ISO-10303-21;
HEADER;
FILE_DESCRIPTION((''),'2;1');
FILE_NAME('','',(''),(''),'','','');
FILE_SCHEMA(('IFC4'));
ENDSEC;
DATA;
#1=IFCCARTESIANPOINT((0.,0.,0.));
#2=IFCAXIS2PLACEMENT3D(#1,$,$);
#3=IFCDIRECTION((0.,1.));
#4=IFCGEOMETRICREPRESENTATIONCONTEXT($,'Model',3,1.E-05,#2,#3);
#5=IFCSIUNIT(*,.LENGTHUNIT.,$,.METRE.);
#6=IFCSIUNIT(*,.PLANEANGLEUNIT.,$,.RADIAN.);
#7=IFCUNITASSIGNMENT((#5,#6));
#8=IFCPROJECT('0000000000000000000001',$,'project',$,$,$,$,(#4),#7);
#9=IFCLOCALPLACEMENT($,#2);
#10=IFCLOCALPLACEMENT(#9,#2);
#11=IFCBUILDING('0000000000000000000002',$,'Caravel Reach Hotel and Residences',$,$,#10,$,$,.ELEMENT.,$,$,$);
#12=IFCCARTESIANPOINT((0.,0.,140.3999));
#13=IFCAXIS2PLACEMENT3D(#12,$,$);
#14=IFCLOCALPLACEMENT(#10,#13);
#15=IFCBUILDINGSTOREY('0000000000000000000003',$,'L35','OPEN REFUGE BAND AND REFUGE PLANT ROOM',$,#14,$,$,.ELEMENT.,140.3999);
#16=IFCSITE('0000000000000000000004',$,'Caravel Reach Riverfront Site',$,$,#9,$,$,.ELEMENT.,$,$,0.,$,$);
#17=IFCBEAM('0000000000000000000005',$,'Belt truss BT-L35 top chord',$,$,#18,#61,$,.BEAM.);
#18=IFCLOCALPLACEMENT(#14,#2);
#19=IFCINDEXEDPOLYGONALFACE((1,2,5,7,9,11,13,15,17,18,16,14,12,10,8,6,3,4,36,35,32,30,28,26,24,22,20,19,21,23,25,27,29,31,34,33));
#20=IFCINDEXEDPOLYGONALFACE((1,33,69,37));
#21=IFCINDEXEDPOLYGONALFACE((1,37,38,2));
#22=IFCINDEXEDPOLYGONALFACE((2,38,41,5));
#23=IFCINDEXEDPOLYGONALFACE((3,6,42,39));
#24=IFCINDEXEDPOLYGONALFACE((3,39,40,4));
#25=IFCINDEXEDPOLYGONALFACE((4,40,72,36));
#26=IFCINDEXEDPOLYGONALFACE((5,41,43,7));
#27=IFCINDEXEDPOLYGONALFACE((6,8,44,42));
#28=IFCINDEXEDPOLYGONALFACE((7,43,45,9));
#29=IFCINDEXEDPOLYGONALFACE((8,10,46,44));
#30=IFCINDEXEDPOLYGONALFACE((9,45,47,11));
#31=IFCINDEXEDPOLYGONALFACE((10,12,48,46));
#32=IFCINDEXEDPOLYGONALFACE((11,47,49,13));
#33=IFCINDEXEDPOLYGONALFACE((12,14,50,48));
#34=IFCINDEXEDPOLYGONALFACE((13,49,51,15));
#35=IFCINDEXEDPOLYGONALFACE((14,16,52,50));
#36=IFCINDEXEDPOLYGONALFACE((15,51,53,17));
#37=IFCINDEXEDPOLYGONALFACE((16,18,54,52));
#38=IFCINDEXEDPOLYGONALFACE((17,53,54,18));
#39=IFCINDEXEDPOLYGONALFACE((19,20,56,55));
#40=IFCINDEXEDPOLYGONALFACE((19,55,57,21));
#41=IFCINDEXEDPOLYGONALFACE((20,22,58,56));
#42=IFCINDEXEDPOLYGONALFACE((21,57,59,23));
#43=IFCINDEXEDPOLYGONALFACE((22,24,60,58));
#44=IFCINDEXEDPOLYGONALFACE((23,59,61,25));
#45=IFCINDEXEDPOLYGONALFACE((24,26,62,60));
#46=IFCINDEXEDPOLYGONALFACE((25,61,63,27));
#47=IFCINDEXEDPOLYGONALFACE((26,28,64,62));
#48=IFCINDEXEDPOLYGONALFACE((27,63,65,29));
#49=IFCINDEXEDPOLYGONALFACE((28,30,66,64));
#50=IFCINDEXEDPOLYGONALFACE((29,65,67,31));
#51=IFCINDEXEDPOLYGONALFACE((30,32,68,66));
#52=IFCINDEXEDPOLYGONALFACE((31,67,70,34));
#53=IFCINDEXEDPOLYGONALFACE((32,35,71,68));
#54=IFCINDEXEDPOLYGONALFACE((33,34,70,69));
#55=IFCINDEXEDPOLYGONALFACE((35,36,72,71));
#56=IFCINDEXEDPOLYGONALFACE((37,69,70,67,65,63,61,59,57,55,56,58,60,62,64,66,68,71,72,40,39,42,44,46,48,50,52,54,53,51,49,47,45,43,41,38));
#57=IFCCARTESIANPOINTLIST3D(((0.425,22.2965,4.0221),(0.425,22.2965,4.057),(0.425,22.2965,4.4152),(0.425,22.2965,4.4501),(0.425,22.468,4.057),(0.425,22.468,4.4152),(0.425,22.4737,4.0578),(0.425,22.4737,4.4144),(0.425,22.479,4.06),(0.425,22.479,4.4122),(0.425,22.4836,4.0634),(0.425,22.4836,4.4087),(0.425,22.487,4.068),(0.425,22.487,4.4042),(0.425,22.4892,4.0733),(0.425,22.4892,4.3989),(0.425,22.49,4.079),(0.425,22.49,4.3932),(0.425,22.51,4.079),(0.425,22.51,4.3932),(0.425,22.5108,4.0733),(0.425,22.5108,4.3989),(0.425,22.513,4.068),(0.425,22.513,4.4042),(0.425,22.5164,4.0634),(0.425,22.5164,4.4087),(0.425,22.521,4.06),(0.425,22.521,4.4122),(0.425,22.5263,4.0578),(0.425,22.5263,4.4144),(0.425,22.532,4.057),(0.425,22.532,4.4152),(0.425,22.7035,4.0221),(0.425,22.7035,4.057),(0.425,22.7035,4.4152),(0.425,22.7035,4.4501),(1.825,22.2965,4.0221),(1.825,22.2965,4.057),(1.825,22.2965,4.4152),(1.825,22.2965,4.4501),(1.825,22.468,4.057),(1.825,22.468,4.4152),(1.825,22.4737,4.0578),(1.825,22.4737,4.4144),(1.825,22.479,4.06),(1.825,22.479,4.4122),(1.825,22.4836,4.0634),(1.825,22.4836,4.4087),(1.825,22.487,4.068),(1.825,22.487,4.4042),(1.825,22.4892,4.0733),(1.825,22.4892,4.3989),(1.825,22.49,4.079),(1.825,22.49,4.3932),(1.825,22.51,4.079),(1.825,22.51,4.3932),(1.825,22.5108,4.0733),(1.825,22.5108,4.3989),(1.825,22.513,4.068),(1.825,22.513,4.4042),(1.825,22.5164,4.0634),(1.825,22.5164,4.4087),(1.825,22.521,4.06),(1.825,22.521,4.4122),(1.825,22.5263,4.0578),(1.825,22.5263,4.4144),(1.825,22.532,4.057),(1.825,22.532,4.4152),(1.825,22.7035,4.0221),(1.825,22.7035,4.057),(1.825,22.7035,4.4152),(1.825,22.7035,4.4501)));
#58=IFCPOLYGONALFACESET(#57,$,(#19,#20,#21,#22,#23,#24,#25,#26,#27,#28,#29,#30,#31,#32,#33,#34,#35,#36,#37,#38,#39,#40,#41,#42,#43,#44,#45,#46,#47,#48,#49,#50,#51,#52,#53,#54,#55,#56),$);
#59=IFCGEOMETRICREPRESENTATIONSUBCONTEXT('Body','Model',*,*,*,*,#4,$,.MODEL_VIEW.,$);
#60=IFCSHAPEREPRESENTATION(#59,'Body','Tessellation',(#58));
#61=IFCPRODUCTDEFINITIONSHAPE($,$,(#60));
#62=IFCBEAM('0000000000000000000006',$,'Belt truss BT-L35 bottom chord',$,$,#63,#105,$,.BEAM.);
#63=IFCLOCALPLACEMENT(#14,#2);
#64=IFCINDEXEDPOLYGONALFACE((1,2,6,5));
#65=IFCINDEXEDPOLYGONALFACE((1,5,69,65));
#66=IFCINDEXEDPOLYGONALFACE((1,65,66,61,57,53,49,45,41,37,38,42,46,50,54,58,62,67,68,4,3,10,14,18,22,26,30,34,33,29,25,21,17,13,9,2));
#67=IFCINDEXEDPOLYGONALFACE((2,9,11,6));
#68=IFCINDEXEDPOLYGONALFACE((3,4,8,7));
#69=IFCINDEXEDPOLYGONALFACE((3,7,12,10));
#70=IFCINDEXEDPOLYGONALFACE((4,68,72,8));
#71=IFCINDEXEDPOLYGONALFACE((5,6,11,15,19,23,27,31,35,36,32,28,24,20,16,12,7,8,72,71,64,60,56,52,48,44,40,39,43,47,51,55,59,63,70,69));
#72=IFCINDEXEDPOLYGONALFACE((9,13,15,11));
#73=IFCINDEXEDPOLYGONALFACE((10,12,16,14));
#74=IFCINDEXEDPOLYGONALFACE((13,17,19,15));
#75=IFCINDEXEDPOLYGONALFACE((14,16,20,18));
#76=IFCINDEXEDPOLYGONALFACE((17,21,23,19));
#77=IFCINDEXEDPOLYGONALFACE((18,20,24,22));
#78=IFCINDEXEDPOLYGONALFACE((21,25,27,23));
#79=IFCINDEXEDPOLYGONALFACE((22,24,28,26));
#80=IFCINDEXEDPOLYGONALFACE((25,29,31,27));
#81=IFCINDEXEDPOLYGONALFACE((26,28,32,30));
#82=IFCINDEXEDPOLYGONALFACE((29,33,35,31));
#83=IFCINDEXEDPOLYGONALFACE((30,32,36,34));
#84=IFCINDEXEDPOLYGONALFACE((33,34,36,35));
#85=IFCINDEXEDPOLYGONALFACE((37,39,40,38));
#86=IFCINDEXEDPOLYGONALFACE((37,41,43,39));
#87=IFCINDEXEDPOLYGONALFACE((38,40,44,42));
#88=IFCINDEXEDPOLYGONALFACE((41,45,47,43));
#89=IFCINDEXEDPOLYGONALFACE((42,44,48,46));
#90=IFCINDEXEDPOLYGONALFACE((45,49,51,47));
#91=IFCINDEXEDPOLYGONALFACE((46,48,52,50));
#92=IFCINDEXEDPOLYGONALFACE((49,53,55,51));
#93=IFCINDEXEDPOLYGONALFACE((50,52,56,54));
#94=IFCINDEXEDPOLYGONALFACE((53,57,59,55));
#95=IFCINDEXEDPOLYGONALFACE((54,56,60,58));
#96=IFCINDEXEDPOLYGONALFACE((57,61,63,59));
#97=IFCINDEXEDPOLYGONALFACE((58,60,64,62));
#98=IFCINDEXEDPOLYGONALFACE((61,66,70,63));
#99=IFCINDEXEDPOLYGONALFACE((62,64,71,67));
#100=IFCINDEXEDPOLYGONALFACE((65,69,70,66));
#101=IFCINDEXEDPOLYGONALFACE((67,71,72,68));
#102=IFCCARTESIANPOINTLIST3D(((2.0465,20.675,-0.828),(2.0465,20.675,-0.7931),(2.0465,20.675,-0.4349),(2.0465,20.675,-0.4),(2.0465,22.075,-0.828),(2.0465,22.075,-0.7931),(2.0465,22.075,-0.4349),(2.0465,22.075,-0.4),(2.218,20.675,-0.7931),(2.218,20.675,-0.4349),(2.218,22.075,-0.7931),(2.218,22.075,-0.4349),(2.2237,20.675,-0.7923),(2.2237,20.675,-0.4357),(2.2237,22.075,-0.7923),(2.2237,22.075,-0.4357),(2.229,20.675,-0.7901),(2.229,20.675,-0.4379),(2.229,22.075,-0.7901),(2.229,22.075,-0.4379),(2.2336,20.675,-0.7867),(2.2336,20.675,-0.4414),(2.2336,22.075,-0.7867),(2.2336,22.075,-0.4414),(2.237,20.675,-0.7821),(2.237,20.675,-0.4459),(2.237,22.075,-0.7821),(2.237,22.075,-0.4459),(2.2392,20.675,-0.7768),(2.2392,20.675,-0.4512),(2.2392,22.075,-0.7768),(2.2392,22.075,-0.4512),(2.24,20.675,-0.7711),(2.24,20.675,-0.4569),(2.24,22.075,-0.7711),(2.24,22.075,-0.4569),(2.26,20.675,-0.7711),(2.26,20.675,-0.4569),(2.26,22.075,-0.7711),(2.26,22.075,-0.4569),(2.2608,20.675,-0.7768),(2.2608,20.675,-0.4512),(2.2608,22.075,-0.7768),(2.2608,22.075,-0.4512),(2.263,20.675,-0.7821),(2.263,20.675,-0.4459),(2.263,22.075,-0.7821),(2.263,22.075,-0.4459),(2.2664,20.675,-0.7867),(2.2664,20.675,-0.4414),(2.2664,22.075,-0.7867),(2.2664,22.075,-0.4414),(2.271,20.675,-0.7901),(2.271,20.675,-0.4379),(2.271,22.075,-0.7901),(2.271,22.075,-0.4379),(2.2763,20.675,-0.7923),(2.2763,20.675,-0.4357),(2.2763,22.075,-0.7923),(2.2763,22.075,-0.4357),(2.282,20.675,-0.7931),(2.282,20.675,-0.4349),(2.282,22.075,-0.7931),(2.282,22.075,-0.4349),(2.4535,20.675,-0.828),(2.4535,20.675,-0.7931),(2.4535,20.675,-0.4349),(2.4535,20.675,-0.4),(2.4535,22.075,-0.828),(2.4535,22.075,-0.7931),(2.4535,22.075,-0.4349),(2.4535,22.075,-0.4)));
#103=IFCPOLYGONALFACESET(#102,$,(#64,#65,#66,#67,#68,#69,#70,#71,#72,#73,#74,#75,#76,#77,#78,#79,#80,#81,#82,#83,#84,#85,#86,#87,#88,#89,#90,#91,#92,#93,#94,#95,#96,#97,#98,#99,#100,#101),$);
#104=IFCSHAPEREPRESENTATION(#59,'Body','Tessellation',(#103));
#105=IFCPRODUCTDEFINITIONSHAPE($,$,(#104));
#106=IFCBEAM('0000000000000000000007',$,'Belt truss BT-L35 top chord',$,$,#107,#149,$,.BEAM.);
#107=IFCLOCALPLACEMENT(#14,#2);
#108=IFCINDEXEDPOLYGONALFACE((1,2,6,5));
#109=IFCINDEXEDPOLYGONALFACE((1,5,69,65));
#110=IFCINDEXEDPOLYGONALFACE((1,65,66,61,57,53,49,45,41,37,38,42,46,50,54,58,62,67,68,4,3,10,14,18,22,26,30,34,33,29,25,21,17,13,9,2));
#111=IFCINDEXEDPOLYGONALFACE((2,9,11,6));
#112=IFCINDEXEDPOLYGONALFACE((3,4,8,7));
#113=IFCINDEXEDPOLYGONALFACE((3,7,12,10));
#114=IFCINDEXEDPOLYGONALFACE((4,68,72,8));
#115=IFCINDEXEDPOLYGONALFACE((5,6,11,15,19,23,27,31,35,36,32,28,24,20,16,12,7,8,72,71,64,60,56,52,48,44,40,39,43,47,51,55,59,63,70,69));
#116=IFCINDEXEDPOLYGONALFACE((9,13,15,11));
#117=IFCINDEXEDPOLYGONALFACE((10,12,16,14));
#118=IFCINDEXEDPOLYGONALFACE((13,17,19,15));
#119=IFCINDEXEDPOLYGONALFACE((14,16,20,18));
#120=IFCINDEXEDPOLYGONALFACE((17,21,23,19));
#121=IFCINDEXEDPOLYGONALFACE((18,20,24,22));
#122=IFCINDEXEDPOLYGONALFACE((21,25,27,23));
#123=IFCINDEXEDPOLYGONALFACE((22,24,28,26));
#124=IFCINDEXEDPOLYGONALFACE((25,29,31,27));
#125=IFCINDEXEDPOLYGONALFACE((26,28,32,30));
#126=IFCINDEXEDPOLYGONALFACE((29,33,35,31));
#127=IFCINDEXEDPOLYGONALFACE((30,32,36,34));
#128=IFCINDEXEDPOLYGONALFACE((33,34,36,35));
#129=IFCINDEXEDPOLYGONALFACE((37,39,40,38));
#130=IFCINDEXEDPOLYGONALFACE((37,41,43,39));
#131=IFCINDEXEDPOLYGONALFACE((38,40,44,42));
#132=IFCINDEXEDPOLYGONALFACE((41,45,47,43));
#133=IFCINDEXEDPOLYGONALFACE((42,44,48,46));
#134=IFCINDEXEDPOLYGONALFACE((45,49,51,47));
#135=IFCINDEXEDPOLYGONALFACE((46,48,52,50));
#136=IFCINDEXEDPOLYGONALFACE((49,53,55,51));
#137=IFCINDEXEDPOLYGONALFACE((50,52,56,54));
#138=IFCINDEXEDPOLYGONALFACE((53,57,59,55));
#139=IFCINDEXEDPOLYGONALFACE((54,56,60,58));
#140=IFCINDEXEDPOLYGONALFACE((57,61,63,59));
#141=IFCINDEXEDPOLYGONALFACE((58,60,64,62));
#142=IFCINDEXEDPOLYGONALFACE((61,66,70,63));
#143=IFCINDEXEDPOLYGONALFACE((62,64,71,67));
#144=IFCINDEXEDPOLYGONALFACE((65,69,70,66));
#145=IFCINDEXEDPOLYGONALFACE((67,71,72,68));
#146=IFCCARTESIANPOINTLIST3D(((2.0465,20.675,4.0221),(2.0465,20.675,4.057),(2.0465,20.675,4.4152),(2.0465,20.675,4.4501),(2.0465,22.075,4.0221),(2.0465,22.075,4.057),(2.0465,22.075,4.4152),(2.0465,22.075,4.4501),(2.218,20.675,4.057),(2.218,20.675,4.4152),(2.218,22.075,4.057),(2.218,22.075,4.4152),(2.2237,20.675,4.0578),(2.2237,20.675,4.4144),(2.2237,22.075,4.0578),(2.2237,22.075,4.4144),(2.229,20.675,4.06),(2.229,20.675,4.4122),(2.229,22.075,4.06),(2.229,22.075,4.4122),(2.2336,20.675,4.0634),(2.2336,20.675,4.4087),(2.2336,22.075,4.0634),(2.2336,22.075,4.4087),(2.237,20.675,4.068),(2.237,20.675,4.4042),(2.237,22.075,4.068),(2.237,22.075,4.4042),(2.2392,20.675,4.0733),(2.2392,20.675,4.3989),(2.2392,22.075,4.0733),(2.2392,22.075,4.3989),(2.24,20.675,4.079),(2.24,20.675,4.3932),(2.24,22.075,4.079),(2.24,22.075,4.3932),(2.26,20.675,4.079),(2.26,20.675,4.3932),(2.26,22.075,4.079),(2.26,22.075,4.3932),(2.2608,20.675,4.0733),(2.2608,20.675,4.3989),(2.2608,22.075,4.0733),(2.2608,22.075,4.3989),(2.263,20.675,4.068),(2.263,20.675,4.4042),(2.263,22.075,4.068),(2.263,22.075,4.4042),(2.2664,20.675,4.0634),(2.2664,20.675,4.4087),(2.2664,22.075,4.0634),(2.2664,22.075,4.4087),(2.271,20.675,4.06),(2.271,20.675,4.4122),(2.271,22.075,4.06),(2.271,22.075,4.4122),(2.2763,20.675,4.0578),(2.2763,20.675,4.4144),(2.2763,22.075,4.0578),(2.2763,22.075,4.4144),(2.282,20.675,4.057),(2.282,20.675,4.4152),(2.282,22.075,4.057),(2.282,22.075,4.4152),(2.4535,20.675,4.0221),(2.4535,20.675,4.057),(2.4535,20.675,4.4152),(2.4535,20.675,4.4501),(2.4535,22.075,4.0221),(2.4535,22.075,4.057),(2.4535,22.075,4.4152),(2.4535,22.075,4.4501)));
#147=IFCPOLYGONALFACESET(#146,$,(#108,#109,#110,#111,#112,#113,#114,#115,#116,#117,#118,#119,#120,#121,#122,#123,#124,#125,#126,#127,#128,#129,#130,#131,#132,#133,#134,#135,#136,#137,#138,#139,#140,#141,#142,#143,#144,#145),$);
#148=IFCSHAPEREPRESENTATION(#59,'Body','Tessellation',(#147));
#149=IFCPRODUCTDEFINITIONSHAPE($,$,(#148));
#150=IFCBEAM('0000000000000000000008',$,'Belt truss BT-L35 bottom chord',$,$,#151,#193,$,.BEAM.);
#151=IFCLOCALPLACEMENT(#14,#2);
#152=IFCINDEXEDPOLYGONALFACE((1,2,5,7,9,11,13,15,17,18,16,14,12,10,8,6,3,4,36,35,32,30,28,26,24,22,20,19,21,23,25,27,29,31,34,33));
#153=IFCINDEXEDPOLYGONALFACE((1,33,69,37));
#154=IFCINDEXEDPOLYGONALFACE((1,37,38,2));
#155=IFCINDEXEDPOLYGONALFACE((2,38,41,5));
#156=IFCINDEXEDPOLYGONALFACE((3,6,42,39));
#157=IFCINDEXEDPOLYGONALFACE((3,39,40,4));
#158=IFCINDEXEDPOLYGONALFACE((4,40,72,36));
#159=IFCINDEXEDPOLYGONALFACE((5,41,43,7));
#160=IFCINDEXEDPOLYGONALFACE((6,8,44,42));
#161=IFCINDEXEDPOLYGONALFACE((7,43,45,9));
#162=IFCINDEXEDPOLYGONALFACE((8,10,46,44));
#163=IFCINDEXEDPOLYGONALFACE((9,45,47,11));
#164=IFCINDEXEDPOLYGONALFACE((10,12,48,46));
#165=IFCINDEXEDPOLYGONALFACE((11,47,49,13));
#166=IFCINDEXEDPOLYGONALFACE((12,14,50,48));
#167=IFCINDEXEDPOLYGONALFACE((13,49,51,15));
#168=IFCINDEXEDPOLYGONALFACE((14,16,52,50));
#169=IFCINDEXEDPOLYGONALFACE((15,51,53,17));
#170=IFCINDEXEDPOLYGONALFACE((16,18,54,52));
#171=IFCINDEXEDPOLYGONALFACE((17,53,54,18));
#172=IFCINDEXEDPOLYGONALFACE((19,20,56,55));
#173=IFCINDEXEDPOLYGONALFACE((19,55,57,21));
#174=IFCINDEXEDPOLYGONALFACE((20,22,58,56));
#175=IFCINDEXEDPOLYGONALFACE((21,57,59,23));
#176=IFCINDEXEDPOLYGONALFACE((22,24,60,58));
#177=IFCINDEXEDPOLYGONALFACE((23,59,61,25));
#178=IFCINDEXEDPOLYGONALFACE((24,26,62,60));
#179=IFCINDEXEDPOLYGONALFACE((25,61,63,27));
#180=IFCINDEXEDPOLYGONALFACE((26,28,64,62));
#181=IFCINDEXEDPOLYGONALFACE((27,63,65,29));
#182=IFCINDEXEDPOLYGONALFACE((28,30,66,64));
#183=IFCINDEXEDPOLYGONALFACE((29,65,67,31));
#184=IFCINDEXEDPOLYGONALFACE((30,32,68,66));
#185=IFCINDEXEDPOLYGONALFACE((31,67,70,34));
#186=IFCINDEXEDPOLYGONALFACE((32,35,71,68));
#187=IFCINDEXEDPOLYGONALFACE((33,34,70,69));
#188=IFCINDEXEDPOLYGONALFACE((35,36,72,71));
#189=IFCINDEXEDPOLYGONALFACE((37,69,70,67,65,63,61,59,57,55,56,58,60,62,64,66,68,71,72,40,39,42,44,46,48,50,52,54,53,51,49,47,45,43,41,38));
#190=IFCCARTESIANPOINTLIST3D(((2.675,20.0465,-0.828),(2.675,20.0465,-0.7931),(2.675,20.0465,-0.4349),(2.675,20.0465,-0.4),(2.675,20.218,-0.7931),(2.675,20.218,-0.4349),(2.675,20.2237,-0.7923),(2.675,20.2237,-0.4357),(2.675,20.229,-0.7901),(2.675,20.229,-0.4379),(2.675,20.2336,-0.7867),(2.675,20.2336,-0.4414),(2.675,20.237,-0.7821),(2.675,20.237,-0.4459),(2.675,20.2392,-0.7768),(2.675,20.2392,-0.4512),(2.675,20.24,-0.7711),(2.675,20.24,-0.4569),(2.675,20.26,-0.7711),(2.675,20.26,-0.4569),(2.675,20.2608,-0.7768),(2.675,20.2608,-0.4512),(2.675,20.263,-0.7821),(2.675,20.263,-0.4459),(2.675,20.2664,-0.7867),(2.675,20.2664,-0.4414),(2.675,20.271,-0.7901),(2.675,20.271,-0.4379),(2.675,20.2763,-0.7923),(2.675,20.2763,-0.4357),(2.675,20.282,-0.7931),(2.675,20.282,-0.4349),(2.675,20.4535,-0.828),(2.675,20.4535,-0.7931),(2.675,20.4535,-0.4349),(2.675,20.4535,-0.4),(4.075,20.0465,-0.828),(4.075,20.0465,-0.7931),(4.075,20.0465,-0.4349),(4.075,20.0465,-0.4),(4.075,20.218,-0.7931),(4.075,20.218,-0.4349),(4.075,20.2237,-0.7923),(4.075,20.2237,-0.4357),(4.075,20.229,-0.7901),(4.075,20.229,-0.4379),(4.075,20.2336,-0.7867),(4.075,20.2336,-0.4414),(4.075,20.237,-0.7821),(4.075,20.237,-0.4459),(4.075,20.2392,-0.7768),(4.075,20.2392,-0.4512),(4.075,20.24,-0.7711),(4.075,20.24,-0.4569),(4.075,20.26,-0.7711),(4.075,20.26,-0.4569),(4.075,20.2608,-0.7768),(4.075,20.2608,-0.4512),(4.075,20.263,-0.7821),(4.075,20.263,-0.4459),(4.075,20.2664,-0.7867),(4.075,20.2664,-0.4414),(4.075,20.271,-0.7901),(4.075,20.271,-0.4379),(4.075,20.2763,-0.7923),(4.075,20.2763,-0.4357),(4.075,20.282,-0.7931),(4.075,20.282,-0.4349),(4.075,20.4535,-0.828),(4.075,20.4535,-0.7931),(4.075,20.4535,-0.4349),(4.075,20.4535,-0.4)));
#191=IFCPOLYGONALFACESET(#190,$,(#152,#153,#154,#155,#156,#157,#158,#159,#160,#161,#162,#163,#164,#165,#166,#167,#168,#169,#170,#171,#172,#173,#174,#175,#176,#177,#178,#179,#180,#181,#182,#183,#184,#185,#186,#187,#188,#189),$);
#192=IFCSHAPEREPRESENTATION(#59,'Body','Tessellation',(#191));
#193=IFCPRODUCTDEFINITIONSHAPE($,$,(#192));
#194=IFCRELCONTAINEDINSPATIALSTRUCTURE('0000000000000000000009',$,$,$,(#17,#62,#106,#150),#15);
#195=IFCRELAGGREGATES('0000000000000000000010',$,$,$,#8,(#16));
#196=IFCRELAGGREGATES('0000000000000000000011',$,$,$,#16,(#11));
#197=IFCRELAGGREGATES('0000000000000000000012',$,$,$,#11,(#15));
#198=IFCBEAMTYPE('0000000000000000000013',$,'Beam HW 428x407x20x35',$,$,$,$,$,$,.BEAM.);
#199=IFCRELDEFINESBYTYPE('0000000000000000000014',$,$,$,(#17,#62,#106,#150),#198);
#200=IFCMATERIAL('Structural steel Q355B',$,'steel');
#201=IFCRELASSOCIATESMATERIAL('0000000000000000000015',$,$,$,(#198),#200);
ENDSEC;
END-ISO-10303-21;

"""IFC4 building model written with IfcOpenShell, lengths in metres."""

from ifc_helpers import new_model, si_unit, direction, frame, origin, origin_2d, place, context, subcontext, project, spatial, i_section, extrude, material, material_profile, profile_set, type_object, element, save


model = new_model("IFC4")

# Units and contexts
model_context = context("Model", 3, precision=1e-05, world=origin(), true_north=direction((0.0, 1.0)))
body_context = subcontext(model_context, "Body", "Model", "MODEL_VIEW")
ifc_project = project(units=[si_unit("LENGTHUNIT", "METRE"), si_unit("PLANEANGLEUNIT", "RADIAN")], contexts=[model_context])

# Site, building, storey
site_placement = place(None, origin())
site = spatial("IfcSite", under=ifc_project, at=site_placement, Name="Caravel Reach Riverfront Site", CompositionType="ELEMENT", RefElevation=0.0)
building_placement = place(site_placement, origin())
building = spatial("IfcBuilding", under=site, at=building_placement, Name="Caravel Reach Hotel and Residences", CompositionType="ELEMENT")
storey_placement = place(building_placement, frame((0.0, 0.0, 140.3999)))
storey = spatial("IfcBuildingStorey", under=building, at=storey_placement, Name="L35", Description="OPEN REFUGE BAND AND REFUGE PLANT ROOM", CompositionType="ELEMENT", Elevation=140.3999)

# Beams
ifc_material_1 = material(Name="Structural steel Q355B", Category="steel")
ifc_material_profile_1 = material_profile(ifc_material_1, i_section(OverallWidth=0.407, OverallDepth=0.428, WebThickness=0.02, FlangeThickness=0.0349, FilletRadius=0.022, at=origin_2d()), Name="HW 428x407x20x35")
ifc_profile_set_1 = profile_set([ifc_material_profile_1], Name="Structural steel Q355B")
beam_type_1 = type_object("IfcBeamType", Name="Beam HW 428x407x20x35", PredefinedType="BEAM", material=ifc_profile_set_1)
for number, where, z_axis, x_axis, name in (
    (1, (0.425, 22.5, 4.2361), (1.0, 0.0, 0.0), (0.0, 1.0, 0.0), "Belt truss BT-L35 top chord"),
    (2, (2.25, 22.075, -0.614), (0.0, -1.0, 0.0), (1.0, 0.0, 0.0), "Belt truss BT-L35 bottom chord"),
    (3, (2.25, 22.075, 4.2361), (0.0, -1.0, 0.0), (1.0, 0.0, 0.0), "Belt truss BT-L35 top chord"),
    (4, (2.675, 20.25, -0.614), (1.0, 0.0, 0.0), (0.0, 1.0, 0.0), "Belt truss BT-L35 bottom chord"),
):
    element("IfcBeam", number, at=place(storey_placement, frame(where, z_axis=z_axis, x_axis=x_axis)), inside=storey, type_object=beam_type_1, Name=name, PredefinedType="BEAM", context=body_context, shape_type="SweptSolid", body=[
        extrude(i_section(OverallWidth=0.407, OverallDepth=0.428, WebThickness=0.02, FlangeThickness=0.0349, FilletRadius=0.022, at=origin_2d()), origin(), (0.0, 0.0, 1.0), 1.3999),
    ])

save(model, "model.ifc")
